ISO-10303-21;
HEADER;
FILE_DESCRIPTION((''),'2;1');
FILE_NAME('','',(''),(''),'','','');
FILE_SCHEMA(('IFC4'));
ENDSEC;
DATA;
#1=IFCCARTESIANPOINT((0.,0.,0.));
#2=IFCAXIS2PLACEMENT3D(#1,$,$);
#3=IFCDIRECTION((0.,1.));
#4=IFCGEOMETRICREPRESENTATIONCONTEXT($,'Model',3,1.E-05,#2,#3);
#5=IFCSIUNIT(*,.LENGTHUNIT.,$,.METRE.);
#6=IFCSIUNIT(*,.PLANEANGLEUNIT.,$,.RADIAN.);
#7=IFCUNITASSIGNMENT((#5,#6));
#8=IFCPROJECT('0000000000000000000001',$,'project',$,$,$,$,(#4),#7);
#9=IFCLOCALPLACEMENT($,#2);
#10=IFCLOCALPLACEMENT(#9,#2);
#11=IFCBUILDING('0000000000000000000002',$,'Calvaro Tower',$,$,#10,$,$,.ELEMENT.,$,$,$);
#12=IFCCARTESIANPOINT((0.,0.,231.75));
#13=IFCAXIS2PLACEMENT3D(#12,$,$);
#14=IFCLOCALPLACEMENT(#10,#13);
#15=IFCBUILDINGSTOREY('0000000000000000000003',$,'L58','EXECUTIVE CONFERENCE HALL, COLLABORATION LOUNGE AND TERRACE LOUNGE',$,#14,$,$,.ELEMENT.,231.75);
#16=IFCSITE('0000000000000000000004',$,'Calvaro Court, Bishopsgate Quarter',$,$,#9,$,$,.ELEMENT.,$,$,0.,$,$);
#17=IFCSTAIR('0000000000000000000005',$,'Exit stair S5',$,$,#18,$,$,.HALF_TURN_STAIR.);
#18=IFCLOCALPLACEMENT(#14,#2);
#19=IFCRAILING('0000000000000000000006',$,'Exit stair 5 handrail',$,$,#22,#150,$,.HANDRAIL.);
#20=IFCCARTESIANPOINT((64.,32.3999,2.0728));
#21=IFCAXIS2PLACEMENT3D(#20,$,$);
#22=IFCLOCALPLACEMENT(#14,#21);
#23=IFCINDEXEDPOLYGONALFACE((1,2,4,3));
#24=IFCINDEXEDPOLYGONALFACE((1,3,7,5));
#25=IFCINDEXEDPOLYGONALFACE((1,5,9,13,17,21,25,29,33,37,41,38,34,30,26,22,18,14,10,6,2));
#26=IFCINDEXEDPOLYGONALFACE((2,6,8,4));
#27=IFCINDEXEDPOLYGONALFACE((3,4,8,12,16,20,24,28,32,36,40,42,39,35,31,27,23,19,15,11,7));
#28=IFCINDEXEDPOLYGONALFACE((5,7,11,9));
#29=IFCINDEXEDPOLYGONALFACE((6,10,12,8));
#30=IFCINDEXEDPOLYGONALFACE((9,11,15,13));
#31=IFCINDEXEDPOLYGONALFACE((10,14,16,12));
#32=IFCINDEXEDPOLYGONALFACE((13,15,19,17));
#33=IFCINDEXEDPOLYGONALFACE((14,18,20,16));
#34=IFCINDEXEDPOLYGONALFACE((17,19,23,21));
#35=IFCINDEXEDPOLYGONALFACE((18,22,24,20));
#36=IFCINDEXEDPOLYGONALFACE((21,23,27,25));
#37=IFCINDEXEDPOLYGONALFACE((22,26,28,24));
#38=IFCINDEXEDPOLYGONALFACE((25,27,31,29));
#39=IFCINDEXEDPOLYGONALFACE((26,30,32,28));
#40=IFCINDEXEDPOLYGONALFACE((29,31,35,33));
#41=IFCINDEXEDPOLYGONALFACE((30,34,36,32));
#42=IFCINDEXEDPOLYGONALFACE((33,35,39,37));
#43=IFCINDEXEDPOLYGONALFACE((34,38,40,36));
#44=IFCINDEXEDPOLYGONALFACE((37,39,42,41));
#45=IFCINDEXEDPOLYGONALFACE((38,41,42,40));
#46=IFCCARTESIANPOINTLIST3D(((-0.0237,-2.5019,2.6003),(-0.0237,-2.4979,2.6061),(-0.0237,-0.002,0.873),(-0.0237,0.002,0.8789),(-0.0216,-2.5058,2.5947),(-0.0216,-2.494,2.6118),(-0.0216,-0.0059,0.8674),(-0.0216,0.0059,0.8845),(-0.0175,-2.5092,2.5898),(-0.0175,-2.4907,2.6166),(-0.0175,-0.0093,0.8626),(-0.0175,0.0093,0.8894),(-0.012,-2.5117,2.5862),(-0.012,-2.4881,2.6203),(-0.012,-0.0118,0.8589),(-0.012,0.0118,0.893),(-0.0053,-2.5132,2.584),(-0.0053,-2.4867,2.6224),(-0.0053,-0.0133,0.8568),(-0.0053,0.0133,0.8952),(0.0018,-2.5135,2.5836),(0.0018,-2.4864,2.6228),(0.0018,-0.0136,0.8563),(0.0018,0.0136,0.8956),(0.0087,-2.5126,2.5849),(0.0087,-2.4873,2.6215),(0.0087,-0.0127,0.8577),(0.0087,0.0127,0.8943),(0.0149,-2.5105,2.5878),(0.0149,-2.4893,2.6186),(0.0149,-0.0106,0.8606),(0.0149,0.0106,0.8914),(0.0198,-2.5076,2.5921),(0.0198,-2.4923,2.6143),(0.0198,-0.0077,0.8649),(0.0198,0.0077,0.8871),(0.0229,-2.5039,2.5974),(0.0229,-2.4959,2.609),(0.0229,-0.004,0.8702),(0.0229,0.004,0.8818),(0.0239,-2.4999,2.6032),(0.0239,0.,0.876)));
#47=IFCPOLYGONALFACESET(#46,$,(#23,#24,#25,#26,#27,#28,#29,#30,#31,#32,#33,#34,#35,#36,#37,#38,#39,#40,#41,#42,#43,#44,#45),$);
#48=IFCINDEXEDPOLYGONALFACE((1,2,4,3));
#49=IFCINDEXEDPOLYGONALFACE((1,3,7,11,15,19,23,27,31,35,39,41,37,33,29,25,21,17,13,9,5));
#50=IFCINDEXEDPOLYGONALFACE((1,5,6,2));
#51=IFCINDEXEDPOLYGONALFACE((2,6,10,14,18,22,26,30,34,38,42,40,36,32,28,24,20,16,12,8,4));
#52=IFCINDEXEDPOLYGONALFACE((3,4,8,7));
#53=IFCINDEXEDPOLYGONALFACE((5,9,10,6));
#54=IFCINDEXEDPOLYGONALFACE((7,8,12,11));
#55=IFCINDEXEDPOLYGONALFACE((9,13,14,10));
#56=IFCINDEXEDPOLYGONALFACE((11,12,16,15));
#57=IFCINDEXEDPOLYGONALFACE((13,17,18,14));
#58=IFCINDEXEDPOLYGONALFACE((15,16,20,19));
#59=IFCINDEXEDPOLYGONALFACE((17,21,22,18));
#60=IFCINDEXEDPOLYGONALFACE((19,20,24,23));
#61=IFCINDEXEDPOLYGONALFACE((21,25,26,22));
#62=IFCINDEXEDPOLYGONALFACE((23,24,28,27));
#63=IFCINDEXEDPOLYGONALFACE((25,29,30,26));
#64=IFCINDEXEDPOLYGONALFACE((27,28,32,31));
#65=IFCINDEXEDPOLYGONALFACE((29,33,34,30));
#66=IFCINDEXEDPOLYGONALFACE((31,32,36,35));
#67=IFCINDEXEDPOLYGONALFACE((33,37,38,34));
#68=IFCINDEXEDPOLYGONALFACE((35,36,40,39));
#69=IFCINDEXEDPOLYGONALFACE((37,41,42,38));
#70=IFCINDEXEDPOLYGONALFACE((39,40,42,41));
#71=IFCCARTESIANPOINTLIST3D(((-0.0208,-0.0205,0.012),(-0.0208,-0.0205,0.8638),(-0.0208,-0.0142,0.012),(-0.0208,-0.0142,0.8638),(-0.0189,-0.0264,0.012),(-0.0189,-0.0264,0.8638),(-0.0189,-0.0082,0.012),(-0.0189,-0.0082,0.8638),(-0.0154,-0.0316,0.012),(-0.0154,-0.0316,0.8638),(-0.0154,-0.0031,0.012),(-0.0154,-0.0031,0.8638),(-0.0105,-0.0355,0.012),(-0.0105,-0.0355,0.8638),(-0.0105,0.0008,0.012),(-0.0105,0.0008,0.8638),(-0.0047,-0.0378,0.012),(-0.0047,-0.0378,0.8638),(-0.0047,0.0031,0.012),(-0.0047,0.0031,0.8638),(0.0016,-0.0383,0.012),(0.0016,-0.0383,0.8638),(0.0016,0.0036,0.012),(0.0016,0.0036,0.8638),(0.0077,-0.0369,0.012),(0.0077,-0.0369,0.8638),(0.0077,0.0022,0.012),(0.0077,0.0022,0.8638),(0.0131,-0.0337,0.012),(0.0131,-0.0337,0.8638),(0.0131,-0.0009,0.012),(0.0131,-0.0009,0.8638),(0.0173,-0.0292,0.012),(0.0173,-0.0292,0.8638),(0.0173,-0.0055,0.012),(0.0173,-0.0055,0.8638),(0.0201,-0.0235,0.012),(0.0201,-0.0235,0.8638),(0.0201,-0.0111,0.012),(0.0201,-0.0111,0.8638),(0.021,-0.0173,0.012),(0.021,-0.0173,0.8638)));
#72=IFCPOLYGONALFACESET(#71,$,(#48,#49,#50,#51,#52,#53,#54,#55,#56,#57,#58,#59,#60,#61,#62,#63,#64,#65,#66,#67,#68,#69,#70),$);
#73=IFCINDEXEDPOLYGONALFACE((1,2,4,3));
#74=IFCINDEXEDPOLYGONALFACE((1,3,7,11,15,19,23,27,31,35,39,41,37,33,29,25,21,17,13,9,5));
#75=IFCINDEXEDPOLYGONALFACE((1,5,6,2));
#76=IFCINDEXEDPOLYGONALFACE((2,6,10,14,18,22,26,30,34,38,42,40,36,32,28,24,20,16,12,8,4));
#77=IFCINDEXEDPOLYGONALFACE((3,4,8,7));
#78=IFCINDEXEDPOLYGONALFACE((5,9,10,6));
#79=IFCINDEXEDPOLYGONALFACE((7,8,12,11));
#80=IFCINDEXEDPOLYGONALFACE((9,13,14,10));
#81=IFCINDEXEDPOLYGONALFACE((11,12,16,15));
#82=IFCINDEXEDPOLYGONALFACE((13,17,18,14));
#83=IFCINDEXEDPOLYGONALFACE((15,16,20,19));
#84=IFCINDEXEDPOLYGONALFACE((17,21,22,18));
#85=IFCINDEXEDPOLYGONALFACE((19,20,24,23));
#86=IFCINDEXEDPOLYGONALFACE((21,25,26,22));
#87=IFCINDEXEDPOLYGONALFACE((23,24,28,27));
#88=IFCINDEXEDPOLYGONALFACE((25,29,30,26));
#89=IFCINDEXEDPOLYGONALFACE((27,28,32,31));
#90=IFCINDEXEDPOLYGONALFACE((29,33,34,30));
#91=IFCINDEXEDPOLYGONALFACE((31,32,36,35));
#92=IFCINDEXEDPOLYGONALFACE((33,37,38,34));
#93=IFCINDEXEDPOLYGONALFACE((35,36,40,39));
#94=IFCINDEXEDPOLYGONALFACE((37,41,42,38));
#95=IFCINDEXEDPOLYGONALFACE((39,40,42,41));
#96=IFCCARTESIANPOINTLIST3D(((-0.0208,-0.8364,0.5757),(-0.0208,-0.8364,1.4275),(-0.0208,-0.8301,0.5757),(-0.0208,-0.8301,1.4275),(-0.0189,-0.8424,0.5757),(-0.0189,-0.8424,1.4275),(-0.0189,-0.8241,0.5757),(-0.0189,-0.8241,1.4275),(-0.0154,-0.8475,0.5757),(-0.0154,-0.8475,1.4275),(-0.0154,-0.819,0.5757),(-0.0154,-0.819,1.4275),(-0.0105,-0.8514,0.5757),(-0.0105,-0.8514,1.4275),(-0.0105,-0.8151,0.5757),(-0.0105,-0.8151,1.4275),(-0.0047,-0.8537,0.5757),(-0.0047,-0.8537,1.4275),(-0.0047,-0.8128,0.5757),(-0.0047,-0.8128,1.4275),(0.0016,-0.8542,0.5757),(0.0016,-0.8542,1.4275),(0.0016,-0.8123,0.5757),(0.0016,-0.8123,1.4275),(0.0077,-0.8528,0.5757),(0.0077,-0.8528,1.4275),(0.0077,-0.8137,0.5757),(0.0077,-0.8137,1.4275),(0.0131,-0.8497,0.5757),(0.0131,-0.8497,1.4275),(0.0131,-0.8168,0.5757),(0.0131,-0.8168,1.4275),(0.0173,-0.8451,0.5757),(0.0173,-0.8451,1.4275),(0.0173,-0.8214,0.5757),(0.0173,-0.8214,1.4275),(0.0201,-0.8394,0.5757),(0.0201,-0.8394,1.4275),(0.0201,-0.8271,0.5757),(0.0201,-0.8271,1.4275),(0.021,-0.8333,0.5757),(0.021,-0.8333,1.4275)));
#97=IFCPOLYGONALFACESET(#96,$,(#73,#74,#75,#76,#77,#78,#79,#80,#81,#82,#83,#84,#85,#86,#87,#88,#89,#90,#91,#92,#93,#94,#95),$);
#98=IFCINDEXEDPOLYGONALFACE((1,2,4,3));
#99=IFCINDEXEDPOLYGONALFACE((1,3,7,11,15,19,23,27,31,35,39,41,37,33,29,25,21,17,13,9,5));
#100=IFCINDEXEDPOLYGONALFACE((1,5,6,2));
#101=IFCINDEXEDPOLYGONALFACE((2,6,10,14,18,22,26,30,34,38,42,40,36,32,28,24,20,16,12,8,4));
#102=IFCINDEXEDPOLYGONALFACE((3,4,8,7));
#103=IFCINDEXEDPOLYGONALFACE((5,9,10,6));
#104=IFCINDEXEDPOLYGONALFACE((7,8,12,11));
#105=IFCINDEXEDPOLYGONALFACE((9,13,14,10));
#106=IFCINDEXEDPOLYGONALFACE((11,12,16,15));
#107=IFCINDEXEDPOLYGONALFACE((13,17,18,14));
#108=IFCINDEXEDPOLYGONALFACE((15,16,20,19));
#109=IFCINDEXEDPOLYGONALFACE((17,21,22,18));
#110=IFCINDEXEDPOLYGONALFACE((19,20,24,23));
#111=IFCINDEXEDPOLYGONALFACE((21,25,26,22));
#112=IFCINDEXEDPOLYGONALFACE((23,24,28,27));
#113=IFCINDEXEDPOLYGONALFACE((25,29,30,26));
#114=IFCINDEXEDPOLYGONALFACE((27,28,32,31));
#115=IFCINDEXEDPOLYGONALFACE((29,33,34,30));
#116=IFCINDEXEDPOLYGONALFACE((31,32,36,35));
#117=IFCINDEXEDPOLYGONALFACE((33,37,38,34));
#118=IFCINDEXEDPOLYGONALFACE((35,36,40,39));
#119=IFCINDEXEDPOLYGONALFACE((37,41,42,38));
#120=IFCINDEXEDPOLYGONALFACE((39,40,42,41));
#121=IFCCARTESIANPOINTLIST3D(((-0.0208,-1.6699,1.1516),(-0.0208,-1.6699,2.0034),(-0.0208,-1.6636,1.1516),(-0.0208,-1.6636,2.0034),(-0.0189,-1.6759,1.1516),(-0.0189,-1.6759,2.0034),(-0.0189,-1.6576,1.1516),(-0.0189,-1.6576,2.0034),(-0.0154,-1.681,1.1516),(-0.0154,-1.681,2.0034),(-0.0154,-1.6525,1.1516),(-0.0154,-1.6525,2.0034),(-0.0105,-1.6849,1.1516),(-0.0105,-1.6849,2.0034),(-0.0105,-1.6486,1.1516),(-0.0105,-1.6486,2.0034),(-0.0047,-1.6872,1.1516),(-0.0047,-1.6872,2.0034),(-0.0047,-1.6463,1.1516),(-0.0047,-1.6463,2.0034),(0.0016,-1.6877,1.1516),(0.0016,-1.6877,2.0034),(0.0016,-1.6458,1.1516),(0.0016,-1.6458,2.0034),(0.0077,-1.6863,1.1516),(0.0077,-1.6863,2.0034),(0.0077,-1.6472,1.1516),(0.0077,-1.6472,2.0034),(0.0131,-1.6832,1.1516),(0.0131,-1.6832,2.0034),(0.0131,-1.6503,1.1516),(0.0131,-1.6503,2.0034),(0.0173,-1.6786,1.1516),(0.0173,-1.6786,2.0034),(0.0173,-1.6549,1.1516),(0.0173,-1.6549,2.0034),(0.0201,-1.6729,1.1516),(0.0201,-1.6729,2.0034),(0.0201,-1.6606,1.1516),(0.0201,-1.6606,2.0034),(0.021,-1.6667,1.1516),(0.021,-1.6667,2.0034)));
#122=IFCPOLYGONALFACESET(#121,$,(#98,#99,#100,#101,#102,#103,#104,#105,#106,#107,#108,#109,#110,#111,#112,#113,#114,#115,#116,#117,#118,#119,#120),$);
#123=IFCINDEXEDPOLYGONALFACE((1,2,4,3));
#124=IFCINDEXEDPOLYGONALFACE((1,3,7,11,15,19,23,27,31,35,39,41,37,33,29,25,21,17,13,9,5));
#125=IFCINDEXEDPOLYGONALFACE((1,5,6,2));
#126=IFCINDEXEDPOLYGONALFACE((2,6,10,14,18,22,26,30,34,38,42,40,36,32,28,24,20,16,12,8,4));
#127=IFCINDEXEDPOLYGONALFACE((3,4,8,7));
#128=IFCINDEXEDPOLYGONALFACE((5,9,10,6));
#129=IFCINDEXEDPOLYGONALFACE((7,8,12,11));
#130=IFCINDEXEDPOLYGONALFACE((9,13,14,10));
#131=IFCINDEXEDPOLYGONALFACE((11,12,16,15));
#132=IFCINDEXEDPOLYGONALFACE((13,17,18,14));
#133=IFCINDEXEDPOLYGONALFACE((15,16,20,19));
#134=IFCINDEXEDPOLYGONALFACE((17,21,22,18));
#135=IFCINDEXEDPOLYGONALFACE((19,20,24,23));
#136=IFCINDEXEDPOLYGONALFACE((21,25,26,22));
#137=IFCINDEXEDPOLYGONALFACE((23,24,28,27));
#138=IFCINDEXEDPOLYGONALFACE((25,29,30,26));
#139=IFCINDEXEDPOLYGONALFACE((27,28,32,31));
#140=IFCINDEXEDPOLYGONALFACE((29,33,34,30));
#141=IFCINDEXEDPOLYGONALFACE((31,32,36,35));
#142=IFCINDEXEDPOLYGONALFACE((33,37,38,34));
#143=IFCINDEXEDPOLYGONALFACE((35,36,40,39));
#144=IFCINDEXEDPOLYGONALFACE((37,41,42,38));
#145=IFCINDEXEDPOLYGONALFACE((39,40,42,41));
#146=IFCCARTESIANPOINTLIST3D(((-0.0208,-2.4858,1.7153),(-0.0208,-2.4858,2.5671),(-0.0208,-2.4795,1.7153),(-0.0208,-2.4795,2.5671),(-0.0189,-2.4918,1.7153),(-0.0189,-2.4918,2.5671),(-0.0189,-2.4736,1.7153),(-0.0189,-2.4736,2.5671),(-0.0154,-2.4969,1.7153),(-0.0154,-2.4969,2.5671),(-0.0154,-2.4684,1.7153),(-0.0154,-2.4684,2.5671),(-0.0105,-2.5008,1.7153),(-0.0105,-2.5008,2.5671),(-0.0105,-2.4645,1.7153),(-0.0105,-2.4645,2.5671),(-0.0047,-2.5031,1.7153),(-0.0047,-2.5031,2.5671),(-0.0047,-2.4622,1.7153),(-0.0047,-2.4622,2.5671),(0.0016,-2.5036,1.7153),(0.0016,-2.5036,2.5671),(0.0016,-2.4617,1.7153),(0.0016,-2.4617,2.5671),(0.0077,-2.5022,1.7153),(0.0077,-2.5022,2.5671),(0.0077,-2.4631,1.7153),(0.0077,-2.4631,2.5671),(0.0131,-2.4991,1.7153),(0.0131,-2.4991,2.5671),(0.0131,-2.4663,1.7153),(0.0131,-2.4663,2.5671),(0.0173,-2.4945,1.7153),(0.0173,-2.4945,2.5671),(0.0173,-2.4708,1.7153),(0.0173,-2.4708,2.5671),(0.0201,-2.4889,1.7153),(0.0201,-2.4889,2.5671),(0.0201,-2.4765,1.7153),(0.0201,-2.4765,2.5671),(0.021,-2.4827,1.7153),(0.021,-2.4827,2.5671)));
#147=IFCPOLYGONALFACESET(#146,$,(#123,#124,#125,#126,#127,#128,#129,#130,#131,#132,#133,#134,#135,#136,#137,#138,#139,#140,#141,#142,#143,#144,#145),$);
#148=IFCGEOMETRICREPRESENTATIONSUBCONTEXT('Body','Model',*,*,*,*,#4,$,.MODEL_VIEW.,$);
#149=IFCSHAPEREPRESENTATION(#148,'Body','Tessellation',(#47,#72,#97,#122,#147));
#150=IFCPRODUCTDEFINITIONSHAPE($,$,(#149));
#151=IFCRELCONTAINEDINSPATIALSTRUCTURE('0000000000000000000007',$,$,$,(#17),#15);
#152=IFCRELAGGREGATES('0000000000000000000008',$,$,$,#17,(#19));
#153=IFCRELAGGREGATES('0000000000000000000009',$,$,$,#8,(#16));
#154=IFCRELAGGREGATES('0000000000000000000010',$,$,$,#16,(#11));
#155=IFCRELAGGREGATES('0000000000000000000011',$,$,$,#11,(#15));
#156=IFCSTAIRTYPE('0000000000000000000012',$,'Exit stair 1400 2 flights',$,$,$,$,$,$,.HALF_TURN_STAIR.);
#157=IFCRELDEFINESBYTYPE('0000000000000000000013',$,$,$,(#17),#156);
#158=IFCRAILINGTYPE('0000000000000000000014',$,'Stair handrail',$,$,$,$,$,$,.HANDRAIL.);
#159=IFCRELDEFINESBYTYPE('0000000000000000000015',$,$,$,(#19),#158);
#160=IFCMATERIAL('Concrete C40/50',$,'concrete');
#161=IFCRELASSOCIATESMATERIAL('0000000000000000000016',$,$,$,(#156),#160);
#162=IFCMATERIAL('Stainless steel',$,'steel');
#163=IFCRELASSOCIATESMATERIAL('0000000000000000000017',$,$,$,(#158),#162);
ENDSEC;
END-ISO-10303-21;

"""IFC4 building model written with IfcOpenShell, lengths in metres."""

from ifc_helpers import new_model, si_unit, direction, frame, origin, origin_2d, place, context, subcontext, project, spatial, circle, extrude, material, type_object, element, aggregate, save


model = new_model("IFC4")

# Units and contexts
model_context = context("Model", 3, precision=1e-05, world=origin(), true_north=direction((0.0, 1.0)))
body_context = subcontext(model_context, "Body", "Model", "MODEL_VIEW")
ifc_project = project(units=[si_unit("LENGTHUNIT", "METRE"), si_unit("PLANEANGLEUNIT", "RADIAN")], contexts=[model_context])

# Site, building, storey
site_placement = place(None, origin())
site = spatial("IfcSite", under=ifc_project, at=site_placement, Name="Calvaro Court, Bishopsgate Quarter", CompositionType="ELEMENT", RefElevation=0.0)
building_placement = place(site_placement, origin())
building = spatial("IfcBuilding", under=site, at=building_placement, Name="Calvaro Tower", CompositionType="ELEMENT")
storey_placement = place(building_placement, frame((0.0, 0.0, 231.75)))
storey = spatial("IfcBuildingStorey", under=building, at=storey_placement, Name="L58", Description="EXECUTIVE CONFERENCE HALL, COLLABORATION LOUNGE AND TERRACE LOUNGE", CompositionType="ELEMENT", Elevation=231.75)

# Stair, railing
ifc_material_1 = material(Name="Concrete C40/50", Category="concrete")
stair_type = type_object("IfcStairType", Name="Exit stair 1400 2 flights", PredefinedType="HALF_TURN_STAIR", material=ifc_material_1)
stair_placement = place(storey_placement, origin())
stair = element("IfcStair", 1, at=stair_placement, inside=storey, type_object=stair_type, Name="Exit stair S5", PredefinedType="HALF_TURN_STAIR")
ifc_material_2 = material(Name="Stainless steel", Category="steel")
railing_type = type_object("IfcRailingType", Name="Stair handrail", PredefinedType="HANDRAIL", material=ifc_material_2)
railing_1_placement = place(storey_placement, frame((64.0, 32.3999, 2.0728)))
railing_1 = element("IfcRailing", 2, at=railing_1_placement, type_object=railing_type, Name="Exit stair 5 handrail", PredefinedType="HANDRAIL", context=body_context, shape_type="SweptSolid", body=[
    extrude(circle(Radius=0.0239, at=origin_2d()), frame((0.0, 0.0, 0.876), z_axis=(0.0, -0.822727, 0.568437), x_axis=(1.0, 0.0, 0.0)), (0.0, 0.0, 1.0), 3.0386),
    extrude(circle(Radius=0.021, at=origin_2d()), frame((0.0, -0.0173, 0.012)), (0.0, 0.0, 1.0), 0.8518),
    extrude(circle(Radius=0.021, at=origin_2d()), frame((0.0, -0.8333, 0.5757)), (0.0, 0.0, 1.0), 0.8518),
    extrude(circle(Radius=0.021, at=origin_2d()), frame((0.0, -1.6667, 1.1516)), (0.0, 0.0, 1.0), 0.8518),
    extrude(circle(Radius=0.021, at=origin_2d()), frame((0.0, -2.4827, 1.7153)), (0.0, 0.0, 1.0), 0.8518),
])
aggregate(stair, [railing_1])

save(model, "model.ifc")
